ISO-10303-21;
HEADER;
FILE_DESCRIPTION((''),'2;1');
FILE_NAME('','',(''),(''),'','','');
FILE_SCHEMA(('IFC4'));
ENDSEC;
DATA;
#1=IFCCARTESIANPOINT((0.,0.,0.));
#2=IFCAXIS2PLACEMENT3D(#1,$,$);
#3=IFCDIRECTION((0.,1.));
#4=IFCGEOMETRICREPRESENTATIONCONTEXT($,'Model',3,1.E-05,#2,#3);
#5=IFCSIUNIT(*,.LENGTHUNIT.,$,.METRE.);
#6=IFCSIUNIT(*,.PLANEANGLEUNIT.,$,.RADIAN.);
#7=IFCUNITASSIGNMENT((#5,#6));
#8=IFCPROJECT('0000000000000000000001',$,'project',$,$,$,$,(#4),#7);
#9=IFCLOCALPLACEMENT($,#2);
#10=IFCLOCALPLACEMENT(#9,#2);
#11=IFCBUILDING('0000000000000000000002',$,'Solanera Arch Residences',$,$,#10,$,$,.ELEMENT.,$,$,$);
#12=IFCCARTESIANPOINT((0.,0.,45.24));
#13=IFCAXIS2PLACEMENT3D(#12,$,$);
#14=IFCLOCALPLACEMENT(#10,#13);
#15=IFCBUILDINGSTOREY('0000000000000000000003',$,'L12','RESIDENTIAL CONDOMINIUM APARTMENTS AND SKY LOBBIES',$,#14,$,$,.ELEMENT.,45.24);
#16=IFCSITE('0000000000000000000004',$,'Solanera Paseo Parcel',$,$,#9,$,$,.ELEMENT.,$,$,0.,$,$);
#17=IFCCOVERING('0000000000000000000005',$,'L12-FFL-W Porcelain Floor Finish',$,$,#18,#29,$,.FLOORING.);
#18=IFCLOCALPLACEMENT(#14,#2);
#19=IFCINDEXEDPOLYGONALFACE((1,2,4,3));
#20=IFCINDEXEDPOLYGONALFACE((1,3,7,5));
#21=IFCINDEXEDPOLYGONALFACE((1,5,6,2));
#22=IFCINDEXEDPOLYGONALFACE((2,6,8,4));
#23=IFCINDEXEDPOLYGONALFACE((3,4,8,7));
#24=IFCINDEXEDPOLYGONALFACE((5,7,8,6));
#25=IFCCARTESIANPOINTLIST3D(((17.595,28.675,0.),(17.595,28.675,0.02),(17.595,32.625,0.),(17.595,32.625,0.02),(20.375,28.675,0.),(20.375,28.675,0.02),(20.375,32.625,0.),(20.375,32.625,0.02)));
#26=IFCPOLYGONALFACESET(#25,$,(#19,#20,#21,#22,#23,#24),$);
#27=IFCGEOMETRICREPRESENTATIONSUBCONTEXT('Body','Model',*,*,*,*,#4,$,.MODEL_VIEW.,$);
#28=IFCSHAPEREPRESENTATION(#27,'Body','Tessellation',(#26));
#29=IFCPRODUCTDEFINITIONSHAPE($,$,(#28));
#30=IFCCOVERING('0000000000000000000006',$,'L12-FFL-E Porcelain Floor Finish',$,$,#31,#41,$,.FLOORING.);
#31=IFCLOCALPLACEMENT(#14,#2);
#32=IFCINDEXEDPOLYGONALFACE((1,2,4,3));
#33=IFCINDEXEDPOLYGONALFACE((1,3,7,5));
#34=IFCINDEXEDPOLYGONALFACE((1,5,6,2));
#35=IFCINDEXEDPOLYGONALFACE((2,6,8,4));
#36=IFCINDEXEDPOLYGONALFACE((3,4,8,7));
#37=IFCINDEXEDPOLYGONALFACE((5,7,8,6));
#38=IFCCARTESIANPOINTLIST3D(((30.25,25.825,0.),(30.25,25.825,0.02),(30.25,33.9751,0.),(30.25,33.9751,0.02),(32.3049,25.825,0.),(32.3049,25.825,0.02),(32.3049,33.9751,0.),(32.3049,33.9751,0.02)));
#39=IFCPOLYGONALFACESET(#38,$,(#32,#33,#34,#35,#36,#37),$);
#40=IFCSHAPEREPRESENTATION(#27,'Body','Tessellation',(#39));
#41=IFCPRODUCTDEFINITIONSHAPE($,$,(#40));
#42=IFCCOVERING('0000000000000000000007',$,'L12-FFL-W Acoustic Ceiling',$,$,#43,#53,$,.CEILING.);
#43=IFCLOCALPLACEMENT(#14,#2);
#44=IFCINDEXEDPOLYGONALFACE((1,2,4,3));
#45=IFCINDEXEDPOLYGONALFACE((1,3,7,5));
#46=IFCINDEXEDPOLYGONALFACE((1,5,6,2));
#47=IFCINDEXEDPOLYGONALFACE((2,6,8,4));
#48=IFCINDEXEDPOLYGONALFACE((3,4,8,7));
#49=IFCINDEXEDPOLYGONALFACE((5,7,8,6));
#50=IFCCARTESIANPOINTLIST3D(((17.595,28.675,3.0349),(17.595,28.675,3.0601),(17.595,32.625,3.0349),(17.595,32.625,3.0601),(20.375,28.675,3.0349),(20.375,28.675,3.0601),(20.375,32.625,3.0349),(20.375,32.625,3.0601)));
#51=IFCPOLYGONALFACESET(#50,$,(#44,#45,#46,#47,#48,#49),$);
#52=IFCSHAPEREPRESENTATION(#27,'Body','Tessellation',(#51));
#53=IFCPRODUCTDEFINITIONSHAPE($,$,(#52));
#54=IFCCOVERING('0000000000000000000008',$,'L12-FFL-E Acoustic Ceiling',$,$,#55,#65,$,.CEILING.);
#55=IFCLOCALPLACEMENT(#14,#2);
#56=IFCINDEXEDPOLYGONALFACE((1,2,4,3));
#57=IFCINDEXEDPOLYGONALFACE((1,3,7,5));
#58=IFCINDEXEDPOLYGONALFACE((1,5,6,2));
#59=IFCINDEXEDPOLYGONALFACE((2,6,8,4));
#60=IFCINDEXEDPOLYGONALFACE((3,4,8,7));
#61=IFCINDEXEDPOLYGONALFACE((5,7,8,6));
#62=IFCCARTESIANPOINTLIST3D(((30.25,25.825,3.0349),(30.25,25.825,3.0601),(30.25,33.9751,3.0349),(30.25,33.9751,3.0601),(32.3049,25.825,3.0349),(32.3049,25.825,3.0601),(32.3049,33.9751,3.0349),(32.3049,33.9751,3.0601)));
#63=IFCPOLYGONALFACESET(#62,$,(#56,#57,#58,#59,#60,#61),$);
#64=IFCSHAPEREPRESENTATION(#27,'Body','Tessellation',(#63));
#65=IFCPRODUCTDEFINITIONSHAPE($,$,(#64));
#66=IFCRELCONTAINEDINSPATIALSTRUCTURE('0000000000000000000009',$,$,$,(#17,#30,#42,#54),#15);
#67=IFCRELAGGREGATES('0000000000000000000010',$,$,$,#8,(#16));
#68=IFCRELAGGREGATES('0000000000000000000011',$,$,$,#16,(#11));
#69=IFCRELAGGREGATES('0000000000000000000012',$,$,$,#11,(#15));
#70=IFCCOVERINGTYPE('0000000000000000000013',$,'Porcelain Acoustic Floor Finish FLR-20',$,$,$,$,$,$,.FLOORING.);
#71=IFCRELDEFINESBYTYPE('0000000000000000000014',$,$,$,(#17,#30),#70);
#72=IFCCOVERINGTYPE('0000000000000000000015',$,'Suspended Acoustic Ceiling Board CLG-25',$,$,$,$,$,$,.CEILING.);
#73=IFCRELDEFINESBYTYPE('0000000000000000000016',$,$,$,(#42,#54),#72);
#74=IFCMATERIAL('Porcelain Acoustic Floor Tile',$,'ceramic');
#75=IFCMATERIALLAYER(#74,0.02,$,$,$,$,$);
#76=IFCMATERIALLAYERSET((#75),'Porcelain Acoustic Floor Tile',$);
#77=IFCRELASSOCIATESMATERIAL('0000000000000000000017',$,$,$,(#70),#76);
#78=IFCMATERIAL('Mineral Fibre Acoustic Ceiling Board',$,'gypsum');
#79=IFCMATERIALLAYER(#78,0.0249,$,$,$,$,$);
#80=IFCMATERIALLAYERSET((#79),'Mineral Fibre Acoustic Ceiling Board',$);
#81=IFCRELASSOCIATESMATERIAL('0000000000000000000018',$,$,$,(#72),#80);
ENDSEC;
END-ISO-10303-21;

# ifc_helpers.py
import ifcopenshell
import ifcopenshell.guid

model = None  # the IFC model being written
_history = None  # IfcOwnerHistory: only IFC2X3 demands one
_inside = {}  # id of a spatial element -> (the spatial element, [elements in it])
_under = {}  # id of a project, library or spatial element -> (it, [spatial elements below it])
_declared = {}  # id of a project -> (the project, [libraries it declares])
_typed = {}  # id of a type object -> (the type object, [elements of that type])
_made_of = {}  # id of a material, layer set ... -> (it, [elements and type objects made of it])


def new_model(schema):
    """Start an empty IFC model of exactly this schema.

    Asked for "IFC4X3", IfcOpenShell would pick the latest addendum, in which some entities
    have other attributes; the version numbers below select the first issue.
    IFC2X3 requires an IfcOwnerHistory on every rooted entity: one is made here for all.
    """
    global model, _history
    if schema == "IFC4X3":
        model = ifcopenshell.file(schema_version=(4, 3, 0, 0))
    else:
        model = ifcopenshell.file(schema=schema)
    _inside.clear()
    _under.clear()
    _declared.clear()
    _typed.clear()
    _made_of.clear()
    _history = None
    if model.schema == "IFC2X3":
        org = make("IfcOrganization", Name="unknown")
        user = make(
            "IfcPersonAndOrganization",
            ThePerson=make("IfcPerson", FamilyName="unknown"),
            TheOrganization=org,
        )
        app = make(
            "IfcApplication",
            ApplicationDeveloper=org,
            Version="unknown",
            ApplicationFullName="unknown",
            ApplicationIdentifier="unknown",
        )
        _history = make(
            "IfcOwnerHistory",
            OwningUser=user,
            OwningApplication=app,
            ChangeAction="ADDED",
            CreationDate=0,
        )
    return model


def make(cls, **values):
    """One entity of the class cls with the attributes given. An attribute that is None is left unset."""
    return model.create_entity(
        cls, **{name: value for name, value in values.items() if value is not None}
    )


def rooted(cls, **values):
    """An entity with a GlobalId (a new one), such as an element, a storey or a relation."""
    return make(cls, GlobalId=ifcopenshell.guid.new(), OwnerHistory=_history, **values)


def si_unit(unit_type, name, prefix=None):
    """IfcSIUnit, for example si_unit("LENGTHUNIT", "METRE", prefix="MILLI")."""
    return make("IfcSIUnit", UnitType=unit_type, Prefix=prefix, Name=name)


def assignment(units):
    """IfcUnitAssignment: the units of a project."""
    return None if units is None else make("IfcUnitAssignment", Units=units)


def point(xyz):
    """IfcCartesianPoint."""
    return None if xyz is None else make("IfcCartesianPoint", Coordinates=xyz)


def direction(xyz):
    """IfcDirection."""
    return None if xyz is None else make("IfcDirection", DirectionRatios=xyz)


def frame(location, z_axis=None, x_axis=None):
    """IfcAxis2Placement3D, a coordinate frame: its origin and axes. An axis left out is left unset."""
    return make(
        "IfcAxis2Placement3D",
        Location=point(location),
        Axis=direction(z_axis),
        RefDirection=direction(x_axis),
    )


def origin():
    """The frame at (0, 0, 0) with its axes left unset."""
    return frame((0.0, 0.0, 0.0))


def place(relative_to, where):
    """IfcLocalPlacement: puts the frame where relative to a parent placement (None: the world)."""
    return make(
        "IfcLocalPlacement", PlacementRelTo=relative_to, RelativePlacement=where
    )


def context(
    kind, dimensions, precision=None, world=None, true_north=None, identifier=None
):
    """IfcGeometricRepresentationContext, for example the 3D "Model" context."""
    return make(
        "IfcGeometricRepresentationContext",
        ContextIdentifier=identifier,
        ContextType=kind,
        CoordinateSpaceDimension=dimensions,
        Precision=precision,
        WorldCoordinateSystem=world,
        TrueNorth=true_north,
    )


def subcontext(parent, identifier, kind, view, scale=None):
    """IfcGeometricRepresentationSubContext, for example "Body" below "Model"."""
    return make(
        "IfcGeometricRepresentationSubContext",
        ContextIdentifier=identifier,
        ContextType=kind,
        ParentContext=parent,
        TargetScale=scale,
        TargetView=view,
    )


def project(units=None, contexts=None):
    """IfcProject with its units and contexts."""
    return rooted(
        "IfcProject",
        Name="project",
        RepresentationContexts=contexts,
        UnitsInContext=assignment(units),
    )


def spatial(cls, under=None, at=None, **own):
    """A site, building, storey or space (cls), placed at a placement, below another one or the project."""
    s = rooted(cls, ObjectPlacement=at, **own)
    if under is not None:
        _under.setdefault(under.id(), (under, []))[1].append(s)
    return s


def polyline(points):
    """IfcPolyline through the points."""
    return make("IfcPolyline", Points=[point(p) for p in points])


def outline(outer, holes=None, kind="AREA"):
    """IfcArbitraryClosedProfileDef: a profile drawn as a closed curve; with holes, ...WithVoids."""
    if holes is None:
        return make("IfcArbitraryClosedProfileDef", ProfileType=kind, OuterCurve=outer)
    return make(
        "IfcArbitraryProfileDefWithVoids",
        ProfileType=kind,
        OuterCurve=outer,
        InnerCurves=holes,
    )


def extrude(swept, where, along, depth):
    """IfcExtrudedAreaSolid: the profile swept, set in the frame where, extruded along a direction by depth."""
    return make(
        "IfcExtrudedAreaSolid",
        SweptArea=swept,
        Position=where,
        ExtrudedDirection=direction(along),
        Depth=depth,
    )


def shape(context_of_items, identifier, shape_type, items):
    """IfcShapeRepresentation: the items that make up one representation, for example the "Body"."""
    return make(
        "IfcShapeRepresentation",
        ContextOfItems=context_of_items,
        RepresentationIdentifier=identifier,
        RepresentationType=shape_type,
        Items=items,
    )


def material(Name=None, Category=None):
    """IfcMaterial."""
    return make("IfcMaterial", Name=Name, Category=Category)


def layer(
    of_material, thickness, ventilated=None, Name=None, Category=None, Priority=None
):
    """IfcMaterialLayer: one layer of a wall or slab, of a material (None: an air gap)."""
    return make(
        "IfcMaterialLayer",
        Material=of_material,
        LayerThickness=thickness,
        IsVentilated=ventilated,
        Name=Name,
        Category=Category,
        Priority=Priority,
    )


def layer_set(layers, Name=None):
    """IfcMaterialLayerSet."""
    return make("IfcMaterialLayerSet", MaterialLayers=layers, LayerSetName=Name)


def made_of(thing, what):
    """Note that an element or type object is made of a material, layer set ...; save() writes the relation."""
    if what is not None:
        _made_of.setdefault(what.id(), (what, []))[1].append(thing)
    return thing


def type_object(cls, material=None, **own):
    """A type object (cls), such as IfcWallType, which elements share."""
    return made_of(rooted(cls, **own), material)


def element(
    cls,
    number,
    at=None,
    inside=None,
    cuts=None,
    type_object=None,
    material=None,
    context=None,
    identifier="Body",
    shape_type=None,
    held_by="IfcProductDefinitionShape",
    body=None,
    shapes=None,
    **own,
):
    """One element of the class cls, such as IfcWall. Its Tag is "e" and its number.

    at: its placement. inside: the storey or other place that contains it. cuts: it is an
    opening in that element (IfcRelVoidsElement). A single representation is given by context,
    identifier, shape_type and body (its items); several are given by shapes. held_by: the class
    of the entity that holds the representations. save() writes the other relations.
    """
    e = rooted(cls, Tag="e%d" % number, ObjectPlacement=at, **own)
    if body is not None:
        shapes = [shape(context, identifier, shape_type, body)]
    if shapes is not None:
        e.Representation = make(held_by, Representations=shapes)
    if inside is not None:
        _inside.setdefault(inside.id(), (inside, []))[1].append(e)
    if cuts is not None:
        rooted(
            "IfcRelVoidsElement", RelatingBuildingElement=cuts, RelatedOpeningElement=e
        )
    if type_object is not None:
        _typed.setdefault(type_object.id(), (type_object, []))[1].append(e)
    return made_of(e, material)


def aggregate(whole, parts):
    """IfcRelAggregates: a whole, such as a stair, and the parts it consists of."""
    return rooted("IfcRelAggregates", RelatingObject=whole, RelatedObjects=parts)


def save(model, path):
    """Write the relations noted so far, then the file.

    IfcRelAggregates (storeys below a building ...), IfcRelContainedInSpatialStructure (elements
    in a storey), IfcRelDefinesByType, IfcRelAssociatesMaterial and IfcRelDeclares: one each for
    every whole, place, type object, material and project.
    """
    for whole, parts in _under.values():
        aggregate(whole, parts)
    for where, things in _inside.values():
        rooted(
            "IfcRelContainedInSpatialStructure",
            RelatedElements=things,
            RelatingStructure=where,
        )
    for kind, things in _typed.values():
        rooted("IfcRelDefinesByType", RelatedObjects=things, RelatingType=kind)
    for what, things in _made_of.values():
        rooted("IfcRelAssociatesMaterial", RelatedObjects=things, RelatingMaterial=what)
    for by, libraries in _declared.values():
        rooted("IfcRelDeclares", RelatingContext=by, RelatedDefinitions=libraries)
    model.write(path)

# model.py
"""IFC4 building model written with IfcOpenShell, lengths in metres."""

from ifc_helpers import new_model, si_unit, direction, frame, origin, place, context, subcontext, project, spatial, polyline, outline, extrude, material, layer, layer_set, type_object, element, save


model = new_model("IFC4")

# Units and contexts
model_context = context("Model", 3, precision=1e-05, world=origin(), true_north=direction((0.0, 1.0)))
body_context = subcontext(model_context, "Body", "Model", "MODEL_VIEW")
ifc_project = project(units=[si_unit("LENGTHUNIT", "METRE"), si_unit("PLANEANGLEUNIT", "RADIAN")], contexts=[model_context])

# Site, building, storey
site_placement = place(None, origin())
site = spatial("IfcSite", under=ifc_project, at=site_placement, Name="Solanera Paseo Parcel", CompositionType="ELEMENT", RefElevation=0.0)
building_placement = place(site_placement, origin())
building = spatial("IfcBuilding", under=site, at=building_placement, Name="Solanera Arch Residences", CompositionType="ELEMENT")
storey_placement = place(building_placement, frame((0.0, 0.0, 45.24)))
storey = spatial("IfcBuildingStorey", under=building, at=storey_placement, Name="L12", Description="RESIDENTIAL CONDOMINIUM APARTMENTS AND SKY LOBBIES", CompositionType="ELEMENT", Elevation=45.24)

# Coverings
ifc_material_1 = material(Name="Porcelain Acoustic Floor Tile", Category="ceramic")
ifc_layer_1 = layer(ifc_material_1, 0.02)
ifc_layer_set_1 = layer_set([ifc_layer_1], Name="Porcelain Acoustic Floor Tile")
covering_type_1 = type_object("IfcCoveringType", Name="Porcelain Acoustic Floor Finish FLR-20", PredefinedType="FLOORING", material=ifc_layer_set_1)
covering_1_placement = place(storey_placement, origin())
element("IfcCovering", 1, at=covering_1_placement, inside=storey, type_object=covering_type_1, Name="L12-FFL-W Porcelain Floor Finish", PredefinedType="FLOORING", context=body_context, shape_type="SweptSolid", body=[
    extrude(outline(polyline([(20.375, 28.675), (17.595, 28.675), (17.595, 32.625), (20.375, 32.625), (20.375, 28.675)])), origin(), (0.0, 0.0, 1.0), 0.02),
])
covering_2_placement = place(storey_placement, origin())
element("IfcCovering", 2, at=covering_2_placement, inside=storey, type_object=covering_type_1, Name="L12-FFL-E Porcelain Floor Finish", PredefinedType="FLOORING", context=body_context, shape_type="SweptSolid", body=[
    extrude(outline(polyline([(32.3049, 25.825), (30.25, 25.825), (30.25, 33.9751), (32.3049, 33.9751), (32.3049, 25.825)])), origin(), (0.0, 0.0, 1.0), 0.02),
])
ifc_material_2 = material(Name="Mineral Fibre Acoustic Ceiling Board", Category="gypsum")
ifc_layer_2 = layer(ifc_material_2, 0.0249)
ifc_layer_set_2 = layer_set([ifc_layer_2], Name="Mineral Fibre Acoustic Ceiling Board")
covering_type_2 = type_object("IfcCoveringType", Name="Suspended Acoustic Ceiling Board CLG-25", PredefinedType="CEILING", material=ifc_layer_set_2)
covering_3_placement = place(storey_placement, frame((0.0, 0.0, 3.0349)))
element("IfcCovering", 3, at=covering_3_placement, inside=storey, type_object=covering_type_2, Name="L12-FFL-W Acoustic Ceiling", PredefinedType="CEILING", context=body_context, shape_type="SweptSolid", body=[
    extrude(outline(polyline([(20.375, 28.675), (17.595, 28.675), (17.595, 32.625), (20.375, 32.625), (20.375, 28.675)])), origin(), (0.0, 0.0, 1.0), 0.0251),
])
covering_4_placement = place(storey_placement, frame((0.0, 0.0, 3.0349)))
element("IfcCovering", 4, at=covering_4_placement, inside=storey, type_object=covering_type_2, Name="L12-FFL-E Acoustic Ceiling", PredefinedType="CEILING", context=body_context, shape_type="SweptSolid", body=[
    extrude(outline(polyline([(32.3049, 25.825), (30.25, 25.825), (30.25, 33.9751), (32.3049, 33.9751), (32.3049, 25.825)])), origin(), (0.0, 0.0, 1.0), 0.0251),
])

save(model, "model.ifc")
